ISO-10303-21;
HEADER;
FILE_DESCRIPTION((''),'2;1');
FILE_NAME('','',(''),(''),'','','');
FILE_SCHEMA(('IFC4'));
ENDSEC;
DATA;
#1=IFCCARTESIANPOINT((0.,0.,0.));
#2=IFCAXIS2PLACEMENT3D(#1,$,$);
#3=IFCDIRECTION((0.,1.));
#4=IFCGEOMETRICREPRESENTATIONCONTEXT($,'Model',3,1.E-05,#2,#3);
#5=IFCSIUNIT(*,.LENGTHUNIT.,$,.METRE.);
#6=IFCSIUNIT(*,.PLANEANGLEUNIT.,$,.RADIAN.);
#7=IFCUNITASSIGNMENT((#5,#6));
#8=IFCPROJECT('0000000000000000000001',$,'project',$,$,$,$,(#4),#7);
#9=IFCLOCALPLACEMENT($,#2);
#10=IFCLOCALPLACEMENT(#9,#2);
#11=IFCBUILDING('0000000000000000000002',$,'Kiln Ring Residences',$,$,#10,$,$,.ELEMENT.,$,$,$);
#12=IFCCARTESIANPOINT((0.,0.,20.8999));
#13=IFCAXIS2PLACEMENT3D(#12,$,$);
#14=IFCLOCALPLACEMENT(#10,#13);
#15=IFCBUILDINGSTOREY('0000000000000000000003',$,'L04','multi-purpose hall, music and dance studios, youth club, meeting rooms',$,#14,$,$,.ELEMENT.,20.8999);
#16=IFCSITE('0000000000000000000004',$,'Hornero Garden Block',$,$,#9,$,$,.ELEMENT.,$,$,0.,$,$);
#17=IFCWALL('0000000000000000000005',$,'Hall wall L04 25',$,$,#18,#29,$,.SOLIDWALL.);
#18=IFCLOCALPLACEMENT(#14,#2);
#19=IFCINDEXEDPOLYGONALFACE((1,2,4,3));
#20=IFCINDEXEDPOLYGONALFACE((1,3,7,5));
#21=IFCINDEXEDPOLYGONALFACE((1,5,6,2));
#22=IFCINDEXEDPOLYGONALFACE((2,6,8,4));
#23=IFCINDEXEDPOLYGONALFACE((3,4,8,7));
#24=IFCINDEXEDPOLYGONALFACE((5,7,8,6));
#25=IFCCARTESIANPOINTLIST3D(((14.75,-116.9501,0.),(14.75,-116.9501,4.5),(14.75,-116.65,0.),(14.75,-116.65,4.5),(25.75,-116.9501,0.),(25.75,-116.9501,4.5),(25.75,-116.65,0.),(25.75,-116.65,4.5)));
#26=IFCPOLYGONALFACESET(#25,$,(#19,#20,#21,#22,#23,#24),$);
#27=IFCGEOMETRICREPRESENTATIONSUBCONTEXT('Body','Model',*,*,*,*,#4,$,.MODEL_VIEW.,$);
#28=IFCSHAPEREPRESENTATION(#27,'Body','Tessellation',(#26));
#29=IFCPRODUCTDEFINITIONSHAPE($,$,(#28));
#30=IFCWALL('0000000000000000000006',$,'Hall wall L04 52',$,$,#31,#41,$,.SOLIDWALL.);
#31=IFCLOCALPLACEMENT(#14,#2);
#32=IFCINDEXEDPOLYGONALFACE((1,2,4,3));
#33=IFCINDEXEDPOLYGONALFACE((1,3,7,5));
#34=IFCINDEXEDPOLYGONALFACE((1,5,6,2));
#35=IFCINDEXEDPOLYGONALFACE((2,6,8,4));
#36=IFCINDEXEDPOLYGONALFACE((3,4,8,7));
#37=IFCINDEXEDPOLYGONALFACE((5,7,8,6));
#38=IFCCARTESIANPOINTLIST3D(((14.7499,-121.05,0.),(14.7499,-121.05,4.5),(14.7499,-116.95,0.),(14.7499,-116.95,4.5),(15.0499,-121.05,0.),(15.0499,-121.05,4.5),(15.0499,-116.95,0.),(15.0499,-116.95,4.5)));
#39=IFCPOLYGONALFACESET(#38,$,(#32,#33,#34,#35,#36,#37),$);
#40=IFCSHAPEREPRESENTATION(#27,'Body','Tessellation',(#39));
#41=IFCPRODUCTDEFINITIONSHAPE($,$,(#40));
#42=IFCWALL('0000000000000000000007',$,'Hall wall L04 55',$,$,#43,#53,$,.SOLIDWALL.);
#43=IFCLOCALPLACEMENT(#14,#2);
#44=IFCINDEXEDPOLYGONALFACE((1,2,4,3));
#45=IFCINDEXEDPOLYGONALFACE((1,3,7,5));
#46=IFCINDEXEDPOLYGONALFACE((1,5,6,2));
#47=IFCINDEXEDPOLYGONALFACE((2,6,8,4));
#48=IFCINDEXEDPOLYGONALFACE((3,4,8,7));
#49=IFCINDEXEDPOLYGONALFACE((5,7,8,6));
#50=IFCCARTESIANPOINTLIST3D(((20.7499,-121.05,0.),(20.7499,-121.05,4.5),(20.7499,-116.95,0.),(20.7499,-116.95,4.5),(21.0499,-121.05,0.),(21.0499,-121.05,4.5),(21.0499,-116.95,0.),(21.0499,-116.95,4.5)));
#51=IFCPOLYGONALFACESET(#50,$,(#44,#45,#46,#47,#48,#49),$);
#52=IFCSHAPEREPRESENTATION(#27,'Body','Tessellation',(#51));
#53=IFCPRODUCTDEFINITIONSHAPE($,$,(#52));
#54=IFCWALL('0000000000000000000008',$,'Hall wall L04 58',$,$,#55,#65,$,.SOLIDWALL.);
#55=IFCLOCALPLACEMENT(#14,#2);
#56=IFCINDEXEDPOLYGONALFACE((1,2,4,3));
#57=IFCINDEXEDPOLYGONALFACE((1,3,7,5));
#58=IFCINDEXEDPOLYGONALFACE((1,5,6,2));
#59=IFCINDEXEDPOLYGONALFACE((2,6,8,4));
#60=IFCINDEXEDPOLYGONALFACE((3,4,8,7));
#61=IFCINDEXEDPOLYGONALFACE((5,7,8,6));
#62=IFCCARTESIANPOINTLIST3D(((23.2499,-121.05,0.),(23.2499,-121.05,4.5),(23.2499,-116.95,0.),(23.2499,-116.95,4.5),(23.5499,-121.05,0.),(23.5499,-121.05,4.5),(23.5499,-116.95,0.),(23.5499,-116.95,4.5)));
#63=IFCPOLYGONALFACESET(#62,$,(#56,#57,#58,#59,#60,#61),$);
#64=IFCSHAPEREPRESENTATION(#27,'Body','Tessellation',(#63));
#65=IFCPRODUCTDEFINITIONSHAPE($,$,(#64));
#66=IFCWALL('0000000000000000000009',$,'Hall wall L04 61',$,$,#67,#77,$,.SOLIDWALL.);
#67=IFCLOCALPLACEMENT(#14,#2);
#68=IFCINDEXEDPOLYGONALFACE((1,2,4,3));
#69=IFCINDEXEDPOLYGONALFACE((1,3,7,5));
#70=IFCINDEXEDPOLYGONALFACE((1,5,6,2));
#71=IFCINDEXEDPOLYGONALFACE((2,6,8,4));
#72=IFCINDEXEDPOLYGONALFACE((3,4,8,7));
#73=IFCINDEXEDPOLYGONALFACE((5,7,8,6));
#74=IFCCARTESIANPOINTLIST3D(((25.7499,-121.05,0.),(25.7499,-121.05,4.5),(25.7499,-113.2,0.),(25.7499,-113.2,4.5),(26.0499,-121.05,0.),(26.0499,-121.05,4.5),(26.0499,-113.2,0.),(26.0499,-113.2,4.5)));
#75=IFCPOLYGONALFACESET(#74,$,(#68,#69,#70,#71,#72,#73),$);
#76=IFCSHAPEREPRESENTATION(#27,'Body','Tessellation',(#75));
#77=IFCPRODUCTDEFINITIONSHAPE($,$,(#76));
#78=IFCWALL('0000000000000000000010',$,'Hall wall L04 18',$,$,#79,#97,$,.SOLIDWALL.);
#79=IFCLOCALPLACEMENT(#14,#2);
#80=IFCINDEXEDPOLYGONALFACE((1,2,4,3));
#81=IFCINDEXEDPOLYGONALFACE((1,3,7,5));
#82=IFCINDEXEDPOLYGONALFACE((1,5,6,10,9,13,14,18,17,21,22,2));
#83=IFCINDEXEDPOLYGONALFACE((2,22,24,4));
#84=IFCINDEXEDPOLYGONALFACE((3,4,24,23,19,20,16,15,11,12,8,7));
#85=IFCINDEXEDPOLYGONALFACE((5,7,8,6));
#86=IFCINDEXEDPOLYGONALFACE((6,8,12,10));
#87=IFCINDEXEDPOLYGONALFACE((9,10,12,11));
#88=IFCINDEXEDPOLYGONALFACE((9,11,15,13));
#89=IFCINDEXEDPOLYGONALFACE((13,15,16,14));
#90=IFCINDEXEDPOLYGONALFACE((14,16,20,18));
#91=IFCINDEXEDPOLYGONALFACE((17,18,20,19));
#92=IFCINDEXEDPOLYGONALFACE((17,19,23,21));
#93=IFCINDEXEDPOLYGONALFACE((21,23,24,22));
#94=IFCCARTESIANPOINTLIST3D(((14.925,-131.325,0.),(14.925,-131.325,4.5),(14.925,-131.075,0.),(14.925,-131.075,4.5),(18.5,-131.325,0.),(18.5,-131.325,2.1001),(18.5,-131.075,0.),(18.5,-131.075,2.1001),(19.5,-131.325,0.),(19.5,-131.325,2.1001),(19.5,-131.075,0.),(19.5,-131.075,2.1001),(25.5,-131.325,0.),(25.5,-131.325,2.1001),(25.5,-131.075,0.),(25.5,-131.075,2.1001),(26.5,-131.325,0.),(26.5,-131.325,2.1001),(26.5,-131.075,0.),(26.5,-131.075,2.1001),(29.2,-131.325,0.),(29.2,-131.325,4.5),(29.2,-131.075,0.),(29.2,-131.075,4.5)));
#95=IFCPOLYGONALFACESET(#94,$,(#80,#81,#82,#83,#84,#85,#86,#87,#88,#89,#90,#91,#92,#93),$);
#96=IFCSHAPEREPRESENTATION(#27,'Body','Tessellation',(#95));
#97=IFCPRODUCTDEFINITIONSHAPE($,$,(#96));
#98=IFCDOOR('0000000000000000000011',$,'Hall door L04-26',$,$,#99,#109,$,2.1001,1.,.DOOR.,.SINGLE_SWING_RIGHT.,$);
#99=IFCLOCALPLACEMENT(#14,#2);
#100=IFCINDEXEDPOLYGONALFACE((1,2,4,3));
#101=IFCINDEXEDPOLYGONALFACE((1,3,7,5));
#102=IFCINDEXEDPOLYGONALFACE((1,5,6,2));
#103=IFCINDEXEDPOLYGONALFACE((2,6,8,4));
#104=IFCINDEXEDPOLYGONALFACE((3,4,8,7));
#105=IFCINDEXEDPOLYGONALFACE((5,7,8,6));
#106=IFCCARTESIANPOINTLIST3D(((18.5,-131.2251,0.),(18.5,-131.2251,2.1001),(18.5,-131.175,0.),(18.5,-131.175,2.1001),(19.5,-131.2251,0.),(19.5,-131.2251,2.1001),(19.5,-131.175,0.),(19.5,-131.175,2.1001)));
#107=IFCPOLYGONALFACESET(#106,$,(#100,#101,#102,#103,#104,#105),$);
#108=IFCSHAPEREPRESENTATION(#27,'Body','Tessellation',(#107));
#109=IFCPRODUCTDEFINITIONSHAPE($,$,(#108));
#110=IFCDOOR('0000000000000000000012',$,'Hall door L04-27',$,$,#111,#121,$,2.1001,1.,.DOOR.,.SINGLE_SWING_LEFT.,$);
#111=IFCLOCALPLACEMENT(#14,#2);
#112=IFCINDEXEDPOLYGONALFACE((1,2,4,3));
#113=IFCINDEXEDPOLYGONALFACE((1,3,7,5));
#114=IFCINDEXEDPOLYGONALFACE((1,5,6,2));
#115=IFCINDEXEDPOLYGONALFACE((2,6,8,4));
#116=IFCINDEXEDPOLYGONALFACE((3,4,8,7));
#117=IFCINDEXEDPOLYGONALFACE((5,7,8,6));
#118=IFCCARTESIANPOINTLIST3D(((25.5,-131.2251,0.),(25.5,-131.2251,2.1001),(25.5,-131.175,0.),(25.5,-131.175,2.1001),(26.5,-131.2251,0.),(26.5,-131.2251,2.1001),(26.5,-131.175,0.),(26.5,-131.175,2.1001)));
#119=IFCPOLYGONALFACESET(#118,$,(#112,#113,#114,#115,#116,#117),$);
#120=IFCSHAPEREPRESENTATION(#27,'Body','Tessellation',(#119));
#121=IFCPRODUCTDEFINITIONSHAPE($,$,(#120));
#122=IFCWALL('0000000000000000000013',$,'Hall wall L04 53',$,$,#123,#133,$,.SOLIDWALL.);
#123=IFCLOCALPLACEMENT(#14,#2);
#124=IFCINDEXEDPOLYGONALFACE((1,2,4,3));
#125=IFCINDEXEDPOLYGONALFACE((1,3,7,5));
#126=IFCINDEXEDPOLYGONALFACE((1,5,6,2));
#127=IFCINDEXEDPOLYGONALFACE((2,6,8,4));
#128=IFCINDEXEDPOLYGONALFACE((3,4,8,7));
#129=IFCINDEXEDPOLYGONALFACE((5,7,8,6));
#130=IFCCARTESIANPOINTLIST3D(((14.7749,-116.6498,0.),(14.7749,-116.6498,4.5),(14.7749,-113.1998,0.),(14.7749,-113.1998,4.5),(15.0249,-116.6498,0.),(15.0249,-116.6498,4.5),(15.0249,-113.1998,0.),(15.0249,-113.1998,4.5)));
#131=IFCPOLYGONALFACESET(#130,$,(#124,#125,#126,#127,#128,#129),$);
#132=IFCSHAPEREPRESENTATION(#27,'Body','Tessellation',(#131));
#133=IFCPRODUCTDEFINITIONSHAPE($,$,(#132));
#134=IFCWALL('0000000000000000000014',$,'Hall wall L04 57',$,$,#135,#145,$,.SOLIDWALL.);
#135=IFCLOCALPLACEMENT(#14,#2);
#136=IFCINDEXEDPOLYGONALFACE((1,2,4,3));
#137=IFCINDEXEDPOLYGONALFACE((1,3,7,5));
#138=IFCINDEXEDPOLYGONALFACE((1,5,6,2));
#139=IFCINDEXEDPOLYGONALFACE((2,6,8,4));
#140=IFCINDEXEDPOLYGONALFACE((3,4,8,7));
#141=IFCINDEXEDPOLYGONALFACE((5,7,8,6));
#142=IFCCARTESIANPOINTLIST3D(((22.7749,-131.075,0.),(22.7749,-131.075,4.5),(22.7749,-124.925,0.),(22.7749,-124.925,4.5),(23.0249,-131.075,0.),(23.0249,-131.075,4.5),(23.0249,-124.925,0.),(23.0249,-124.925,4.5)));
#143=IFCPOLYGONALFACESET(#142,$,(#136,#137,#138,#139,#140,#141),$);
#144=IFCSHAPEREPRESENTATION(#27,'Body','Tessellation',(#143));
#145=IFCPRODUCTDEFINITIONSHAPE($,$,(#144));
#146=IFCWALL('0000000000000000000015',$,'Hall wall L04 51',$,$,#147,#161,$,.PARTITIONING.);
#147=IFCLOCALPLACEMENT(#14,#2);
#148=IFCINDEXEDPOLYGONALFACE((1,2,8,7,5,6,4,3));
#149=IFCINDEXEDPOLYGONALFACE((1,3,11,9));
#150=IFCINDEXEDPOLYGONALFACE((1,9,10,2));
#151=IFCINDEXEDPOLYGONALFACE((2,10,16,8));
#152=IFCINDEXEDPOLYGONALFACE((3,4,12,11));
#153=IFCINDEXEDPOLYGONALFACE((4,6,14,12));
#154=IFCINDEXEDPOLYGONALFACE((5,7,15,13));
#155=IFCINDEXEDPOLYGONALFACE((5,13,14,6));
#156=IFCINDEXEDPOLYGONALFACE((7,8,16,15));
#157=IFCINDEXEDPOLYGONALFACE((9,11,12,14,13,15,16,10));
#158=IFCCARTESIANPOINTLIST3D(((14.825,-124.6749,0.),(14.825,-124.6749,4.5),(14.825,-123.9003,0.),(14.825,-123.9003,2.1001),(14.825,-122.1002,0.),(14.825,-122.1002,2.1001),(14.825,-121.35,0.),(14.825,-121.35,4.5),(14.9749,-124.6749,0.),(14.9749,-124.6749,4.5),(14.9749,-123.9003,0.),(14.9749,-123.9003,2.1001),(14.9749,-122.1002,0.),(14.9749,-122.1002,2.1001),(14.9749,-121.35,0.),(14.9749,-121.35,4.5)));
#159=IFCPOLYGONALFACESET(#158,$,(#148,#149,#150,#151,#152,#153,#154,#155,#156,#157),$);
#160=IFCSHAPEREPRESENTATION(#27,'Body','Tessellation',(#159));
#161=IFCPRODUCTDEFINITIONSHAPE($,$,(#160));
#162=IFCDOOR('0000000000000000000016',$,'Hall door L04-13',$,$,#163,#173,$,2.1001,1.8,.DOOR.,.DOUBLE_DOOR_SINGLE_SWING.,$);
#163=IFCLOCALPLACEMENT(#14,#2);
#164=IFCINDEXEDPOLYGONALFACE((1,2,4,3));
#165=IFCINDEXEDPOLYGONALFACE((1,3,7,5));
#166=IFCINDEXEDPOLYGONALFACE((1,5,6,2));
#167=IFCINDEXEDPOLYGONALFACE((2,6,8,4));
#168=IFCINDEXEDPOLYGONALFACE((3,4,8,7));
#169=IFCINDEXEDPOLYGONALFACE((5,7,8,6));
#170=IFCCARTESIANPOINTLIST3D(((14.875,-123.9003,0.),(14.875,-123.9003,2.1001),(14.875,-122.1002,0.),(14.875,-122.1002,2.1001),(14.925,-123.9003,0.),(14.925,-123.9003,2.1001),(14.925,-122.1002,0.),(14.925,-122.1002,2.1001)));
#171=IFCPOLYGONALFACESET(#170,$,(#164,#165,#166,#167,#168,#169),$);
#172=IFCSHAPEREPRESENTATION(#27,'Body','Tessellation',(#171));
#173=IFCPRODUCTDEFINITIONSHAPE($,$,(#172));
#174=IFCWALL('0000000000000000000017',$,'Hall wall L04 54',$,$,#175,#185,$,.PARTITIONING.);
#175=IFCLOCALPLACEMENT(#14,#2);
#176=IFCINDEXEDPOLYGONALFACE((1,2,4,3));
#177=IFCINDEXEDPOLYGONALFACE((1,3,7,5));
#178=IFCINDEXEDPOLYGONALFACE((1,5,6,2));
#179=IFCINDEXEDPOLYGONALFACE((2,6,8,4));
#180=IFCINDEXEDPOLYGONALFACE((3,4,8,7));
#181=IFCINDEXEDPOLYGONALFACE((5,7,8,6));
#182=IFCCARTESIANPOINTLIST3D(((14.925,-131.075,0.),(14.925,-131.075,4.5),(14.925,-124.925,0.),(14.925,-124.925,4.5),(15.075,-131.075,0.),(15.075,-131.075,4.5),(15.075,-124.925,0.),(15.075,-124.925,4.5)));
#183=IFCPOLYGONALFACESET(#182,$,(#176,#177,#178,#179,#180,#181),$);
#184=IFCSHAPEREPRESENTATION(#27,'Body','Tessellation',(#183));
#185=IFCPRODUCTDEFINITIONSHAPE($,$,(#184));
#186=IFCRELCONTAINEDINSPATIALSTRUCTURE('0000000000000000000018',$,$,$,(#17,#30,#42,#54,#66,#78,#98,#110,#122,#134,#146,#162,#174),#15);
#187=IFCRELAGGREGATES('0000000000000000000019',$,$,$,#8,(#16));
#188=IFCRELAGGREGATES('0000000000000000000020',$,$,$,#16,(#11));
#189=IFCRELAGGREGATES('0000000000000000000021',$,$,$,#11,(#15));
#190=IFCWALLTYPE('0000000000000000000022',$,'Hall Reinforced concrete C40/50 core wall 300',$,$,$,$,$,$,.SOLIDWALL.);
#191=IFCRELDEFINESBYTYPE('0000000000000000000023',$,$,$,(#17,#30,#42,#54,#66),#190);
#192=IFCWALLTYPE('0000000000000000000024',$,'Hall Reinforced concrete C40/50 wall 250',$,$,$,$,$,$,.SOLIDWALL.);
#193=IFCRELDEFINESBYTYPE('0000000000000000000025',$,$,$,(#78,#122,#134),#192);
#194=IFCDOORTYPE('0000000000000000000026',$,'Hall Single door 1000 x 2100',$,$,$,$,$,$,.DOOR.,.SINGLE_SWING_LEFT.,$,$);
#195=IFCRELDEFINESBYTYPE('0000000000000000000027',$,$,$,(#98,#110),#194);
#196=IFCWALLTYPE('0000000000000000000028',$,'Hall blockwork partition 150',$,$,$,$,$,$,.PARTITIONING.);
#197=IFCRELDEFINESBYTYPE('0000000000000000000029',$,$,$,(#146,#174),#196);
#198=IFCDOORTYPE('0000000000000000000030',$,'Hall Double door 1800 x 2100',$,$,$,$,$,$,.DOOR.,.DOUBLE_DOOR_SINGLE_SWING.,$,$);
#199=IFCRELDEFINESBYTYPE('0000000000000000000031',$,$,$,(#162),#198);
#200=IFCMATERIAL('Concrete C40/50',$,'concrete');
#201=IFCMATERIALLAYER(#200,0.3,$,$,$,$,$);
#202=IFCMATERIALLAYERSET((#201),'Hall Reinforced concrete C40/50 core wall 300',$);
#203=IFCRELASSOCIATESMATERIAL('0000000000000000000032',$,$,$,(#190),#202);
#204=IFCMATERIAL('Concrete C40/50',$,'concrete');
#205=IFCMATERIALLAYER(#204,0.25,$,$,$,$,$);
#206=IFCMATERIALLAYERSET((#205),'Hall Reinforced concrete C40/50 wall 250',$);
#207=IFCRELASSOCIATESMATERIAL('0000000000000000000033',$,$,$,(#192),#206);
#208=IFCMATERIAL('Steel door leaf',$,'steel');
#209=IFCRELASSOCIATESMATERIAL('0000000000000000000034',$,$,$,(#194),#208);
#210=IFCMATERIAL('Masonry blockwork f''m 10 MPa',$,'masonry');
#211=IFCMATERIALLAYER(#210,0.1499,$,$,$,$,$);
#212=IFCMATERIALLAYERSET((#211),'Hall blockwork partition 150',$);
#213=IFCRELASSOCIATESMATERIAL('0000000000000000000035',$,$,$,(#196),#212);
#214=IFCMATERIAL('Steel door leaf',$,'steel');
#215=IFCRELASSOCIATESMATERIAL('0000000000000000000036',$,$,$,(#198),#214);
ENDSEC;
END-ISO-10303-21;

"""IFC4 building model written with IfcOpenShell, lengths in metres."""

from ifc_helpers import new_model, si_unit, direction, frame, frame_2d, origin, place, context, subcontext, project, spatial, rectangle, extrude, material, layer, layer_set, type_object, element, fill, save


model = new_model("IFC4")

# Units and contexts
model_context = context("Model", 3, precision=1e-05, world=origin(), true_north=direction((0.0, 1.0)))
body_context = subcontext(model_context, "Body", "Model", "MODEL_VIEW")
ifc_project = project(units=[si_unit("LENGTHUNIT", "METRE"), si_unit("PLANEANGLEUNIT", "RADIAN")], contexts=[model_context])

# Site, building, storey
site_placement = place(None, origin())
site = spatial("IfcSite", under=ifc_project, at=site_placement, Name="Hornero Garden Block", CompositionType="ELEMENT", RefElevation=0.0)
building_placement = place(site_placement, origin())
building = spatial("IfcBuilding", under=site, at=building_placement, Name="Kiln Ring Residences", CompositionType="ELEMENT")
storey_placement = place(building_placement, frame((0.0, 0.0, 20.8999)))
storey = spatial("IfcBuildingStorey", under=building, at=storey_placement, Name="L04", Description="multi-purpose hall, music and dance studios, youth club, meeting rooms", CompositionType="ELEMENT", Elevation=20.8999)

# Walls
ifc_material_1 = material(Name="Concrete C40/50", Category="concrete")
ifc_layer_1 = layer(ifc_material_1, 0.3)
ifc_layer_set_1 = layer_set([ifc_layer_1], Name="Hall Reinforced concrete C40/50 core wall 300")
wall_type_1 = type_object("IfcWallType", Name="Hall Reinforced concrete C40/50 core wall 300", PredefinedType="SOLIDWALL", material=ifc_layer_set_1)
wall_1_placement = place(storey_placement, frame((14.75, -116.8, 0.0), z_axis=(0.0, 0.0, 1.0), x_axis=(1.0, 0.0, 0.0)))
element("IfcWall", 1, at=wall_1_placement, inside=storey, type_object=wall_type_1, Name="Hall wall L04 25", PredefinedType="SOLIDWALL", context=body_context, shape_type="SweptSolid", body=[
    extrude(rectangle(XDim=11.0, YDim=0.3, at=frame_2d((5.5, 0.0))), origin(), (0.0, 0.0, 1.0), 4.5),
])
for number, where, z_axis, x_axis, name in (
    (2, (14.8999, -121.05, 0.0), (0.0, 0.0, 1.0), (0.0, 1.0, 0.0), "Hall wall L04 52"),
    (3, (20.8999, -121.05, 0.0), (0.0, 0.0, 1.0), (0.0, 1.0, 0.0), "Hall wall L04 55"),
    (4, (23.3999, -121.05, 0.0), (0.0, 0.0, 1.0), (0.0, 1.0, 0.0), "Hall wall L04 58"),
):
    element("IfcWall", number, at=place(storey_placement, frame(where, z_axis=z_axis, x_axis=x_axis)), inside=storey, type_object=wall_type_1, Name=name, PredefinedType="SOLIDWALL", context=body_context, shape_type="SweptSolid", body=[
        extrude(rectangle(XDim=4.1001, YDim=0.3, at=frame_2d((2.05, 0.0))), origin(), (0.0, 0.0, 1.0), 4.5),
    ])
wall_2_placement = place(storey_placement, frame((25.8999, -121.05, 0.0), z_axis=(0.0, 0.0, 1.0), x_axis=(0.0, 1.0, 0.0)))
element("IfcWall", 5, at=wall_2_placement, inside=storey, type_object=wall_type_1, Name="Hall wall L04 61", PredefinedType="SOLIDWALL", context=body_context, shape_type="SweptSolid", body=[
    extrude(rectangle(XDim=7.8501, YDim=0.3, at=frame_2d((3.925, 0.0))), origin(), (0.0, 0.0, 1.0), 4.5),
])

# Wall, openings, doors
ifc_material_2 = material(Name="Concrete C40/50", Category="concrete")
ifc_layer_2 = layer(ifc_material_2, 0.25)
ifc_layer_set_2 = layer_set([ifc_layer_2], Name="Hall Reinforced concrete C40/50 wall 250")
wall_type_2 = type_object("IfcWallType", Name="Hall Reinforced concrete C40/50 wall 250", PredefinedType="SOLIDWALL", material=ifc_layer_set_2)
wall_3_placement = place(storey_placement, frame((14.925, -131.2, 0.0), z_axis=(0.0, 0.0, 1.0), x_axis=(1.0, 0.0, 0.0)))
wall_3 = element("IfcWall", 6, at=wall_3_placement, inside=storey, type_object=wall_type_2, Name="Hall wall L04 18", PredefinedType="SOLIDWALL", context=body_context, shape_type="SweptSolid", body=[
    extrude(rectangle(XDim=14.2749, YDim=0.25, at=frame_2d((7.1375, 0.0))), origin(), (0.0, 0.0, 1.0), 4.5),
])
opening_1_placement = place(wall_3_placement, frame((3.575, 0.0, 0.0)))
opening_1 = element("IfcOpeningElement", 7, at=opening_1_placement, cuts=wall_3, PredefinedType="OPENING", context=body_context, shape_type="SweptSolid", body=[
    extrude(rectangle(XDim=1.0, YDim=2.1001, at=frame_2d((0.5, 1.05))), frame((0.0, 0.135, 0.0), z_axis=(0.0, -1.0, 0.0), x_axis=(1.0, 0.0, 0.0)), (0.0, 0.0, 1.0), 0.27),
])
opening_2_placement = place(wall_3_placement, frame((10.575, 0.0, 0.0)))
opening_2 = element("IfcOpeningElement", 8, at=opening_2_placement, cuts=wall_3, PredefinedType="OPENING", context=body_context, shape_type="SweptSolid", body=[
    extrude(rectangle(XDim=1.0, YDim=2.1001, at=frame_2d((0.5, 1.05))), frame((0.0, 0.135, 0.0), z_axis=(0.0, -1.0, 0.0), x_axis=(1.0, 0.0, 0.0)), (0.0, 0.0, 1.0), 0.27),
])
ifc_material_3 = material(Name="Steel door leaf", Category="steel")
door_type_1 = type_object("IfcDoorType", Name="Hall Single door 1000 x 2100", OperationType="SINGLE_SWING_LEFT", PredefinedType="DOOR", material=ifc_material_3)
door_1_placement = place(opening_1_placement, origin())
door_1 = element("IfcDoor", 9, at=door_1_placement, inside=storey, type_object=door_type_1, Name="Hall door L04-26", OperationType="SINGLE_SWING_RIGHT", OverallHeight=2.1001, OverallWidth=1.0, PredefinedType="DOOR", context=body_context, shape_type="SweptSolid", body=[
    extrude(rectangle(XDim=1.0, YDim=2.1001, at=frame_2d((0.5, 1.05))), frame((0.0, 0.0249, 0.0), z_axis=(0.0, -1.0, 0.0), x_axis=(1.0, 0.0, 0.0)), (0.0, 0.0, 1.0), 0.05),
])
fill(opening_1, door_1)
door_2_placement = place(opening_2_placement, origin())
door_2 = element("IfcDoor", 10, at=door_2_placement, inside=storey, type_object=door_type_1, Name="Hall door L04-27", OperationType="SINGLE_SWING_LEFT", OverallHeight=2.1001, OverallWidth=1.0, PredefinedType="DOOR", context=body_context, shape_type="SweptSolid", body=[
    extrude(rectangle(XDim=1.0, YDim=2.1001, at=frame_2d((0.5, 1.05))), frame((0.0, 0.0249, 0.0), z_axis=(0.0, -1.0, 0.0), x_axis=(1.0, 0.0, 0.0)), (0.0, 0.0, 1.0), 0.05),
])
fill(opening_2, door_2)

# Walls
wall_4_placement = place(storey_placement, frame((14.8999, -116.6499, 0.0), z_axis=(0.0, 0.0, 1.0), x_axis=(0.0, 1.0, 0.0)))
element("IfcWall", 11, at=wall_4_placement, inside=storey, type_object=wall_type_2, Name="Hall wall L04 53", PredefinedType="SOLIDWALL", context=body_context, shape_type="SweptSolid", body=[
    extrude(rectangle(XDim=3.45, YDim=0.25, at=frame_2d((1.7251, 0.0))), origin(), (0.0, 0.0, 1.0), 4.5),
])
wall_5_placement = place(storey_placement, frame((22.8999, -131.075, 0.0), z_axis=(0.0, 0.0, 1.0), x_axis=(0.0, 1.0, 0.0)))
element("IfcWall", 12, at=wall_5_placement, inside=storey, type_object=wall_type_2, Name="Hall wall L04 57", PredefinedType="SOLIDWALL", context=body_context, shape_type="SweptSolid", body=[
    extrude(rectangle(XDim=6.1499, YDim=0.25, at=frame_2d((3.075, 0.0))), origin(), (0.0, 0.0, 1.0), 4.5),
])

# Wall, opening, door
ifc_material_4 = material(Name="Masonry blockwork f'm 10 MPa", Category="masonry")
ifc_layer_3 = layer(ifc_material_4, 0.1499)
ifc_layer_set_3 = layer_set([ifc_layer_3], Name="Hall blockwork partition 150")
wall_type_3 = type_object("IfcWallType", Name="Hall blockwork partition 150", PredefinedType="PARTITIONING", material=ifc_layer_set_3)
wall_6_placement = place(storey_placement, frame((14.8999, -124.675, 0.0), z_axis=(0.0, 0.0, 1.0), x_axis=(0.0, 1.0, 0.0)))
wall_6 = element("IfcWall", 13, at=wall_6_placement, inside=storey, type_object=wall_type_3, Name="Hall wall L04 51", PredefinedType="PARTITIONING", context=body_context, shape_type="SweptSolid", body=[
    extrude(rectangle(XDim=3.325, YDim=0.1499, at=frame_2d((1.6626, 0.0))), origin(), (0.0, 0.0, 1.0), 4.5),
])
opening_3_placement = place(wall_6_placement, frame((0.7749, 0.0, 0.0)))
opening_3 = element("IfcOpeningElement", 14, at=opening_3_placement, cuts=wall_6, PredefinedType="OPENING", context=body_context, shape_type="SweptSolid", body=[
    extrude(rectangle(XDim=1.8, YDim=2.1001, at=frame_2d((0.8999, 1.05))), frame((0.0, 0.085, 0.0), z_axis=(0.0, -1.0, 0.0), x_axis=(1.0, 0.0, 0.0)), (0.0, 0.0, 1.0), 0.1699),
])
ifc_material_5 = material(Name="Steel door leaf", Category="steel")
door_type_2 = type_object("IfcDoorType", Name="Hall Double door 1800 x 2100", OperationType="DOUBLE_DOOR_SINGLE_SWING", PredefinedType="DOOR", material=ifc_material_5)
door_3_placement = place(opening_3_placement, origin())
door_3 = element("IfcDoor", 15, at=door_3_placement, inside=storey, type_object=door_type_2, Name="Hall door L04-13", OperationType="DOUBLE_DOOR_SINGLE_SWING", OverallHeight=2.1001, OverallWidth=1.8, PredefinedType="DOOR", context=body_context, shape_type="SweptSolid", body=[
    extrude(rectangle(XDim=1.8, YDim=2.1001, at=frame_2d((0.8999, 1.05))), frame((0.0, 0.0249, 0.0), z_axis=(0.0, -1.0, 0.0), x_axis=(1.0, 0.0, 0.0)), (0.0, 0.0, 1.0), 0.05),
])
fill(opening_3, door_3)

# Wall
wall_7_placement = place(storey_placement, frame((15.0, -131.075, 0.0), z_axis=(0.0, 0.0, 1.0), x_axis=(0.0, 1.0, 0.0)))
element("IfcWall", 16, at=wall_7_placement, inside=storey, type_object=wall_type_3, Name="Hall wall L04 54", PredefinedType="PARTITIONING", context=body_context, shape_type="SweptSolid", body=[
    extrude(rectangle(XDim=6.1499, YDim=0.1499, at=frame_2d((3.075, 0.0))), origin(), (0.0, 0.0, 1.0), 4.5),
])

save(model, "model.ifc")
